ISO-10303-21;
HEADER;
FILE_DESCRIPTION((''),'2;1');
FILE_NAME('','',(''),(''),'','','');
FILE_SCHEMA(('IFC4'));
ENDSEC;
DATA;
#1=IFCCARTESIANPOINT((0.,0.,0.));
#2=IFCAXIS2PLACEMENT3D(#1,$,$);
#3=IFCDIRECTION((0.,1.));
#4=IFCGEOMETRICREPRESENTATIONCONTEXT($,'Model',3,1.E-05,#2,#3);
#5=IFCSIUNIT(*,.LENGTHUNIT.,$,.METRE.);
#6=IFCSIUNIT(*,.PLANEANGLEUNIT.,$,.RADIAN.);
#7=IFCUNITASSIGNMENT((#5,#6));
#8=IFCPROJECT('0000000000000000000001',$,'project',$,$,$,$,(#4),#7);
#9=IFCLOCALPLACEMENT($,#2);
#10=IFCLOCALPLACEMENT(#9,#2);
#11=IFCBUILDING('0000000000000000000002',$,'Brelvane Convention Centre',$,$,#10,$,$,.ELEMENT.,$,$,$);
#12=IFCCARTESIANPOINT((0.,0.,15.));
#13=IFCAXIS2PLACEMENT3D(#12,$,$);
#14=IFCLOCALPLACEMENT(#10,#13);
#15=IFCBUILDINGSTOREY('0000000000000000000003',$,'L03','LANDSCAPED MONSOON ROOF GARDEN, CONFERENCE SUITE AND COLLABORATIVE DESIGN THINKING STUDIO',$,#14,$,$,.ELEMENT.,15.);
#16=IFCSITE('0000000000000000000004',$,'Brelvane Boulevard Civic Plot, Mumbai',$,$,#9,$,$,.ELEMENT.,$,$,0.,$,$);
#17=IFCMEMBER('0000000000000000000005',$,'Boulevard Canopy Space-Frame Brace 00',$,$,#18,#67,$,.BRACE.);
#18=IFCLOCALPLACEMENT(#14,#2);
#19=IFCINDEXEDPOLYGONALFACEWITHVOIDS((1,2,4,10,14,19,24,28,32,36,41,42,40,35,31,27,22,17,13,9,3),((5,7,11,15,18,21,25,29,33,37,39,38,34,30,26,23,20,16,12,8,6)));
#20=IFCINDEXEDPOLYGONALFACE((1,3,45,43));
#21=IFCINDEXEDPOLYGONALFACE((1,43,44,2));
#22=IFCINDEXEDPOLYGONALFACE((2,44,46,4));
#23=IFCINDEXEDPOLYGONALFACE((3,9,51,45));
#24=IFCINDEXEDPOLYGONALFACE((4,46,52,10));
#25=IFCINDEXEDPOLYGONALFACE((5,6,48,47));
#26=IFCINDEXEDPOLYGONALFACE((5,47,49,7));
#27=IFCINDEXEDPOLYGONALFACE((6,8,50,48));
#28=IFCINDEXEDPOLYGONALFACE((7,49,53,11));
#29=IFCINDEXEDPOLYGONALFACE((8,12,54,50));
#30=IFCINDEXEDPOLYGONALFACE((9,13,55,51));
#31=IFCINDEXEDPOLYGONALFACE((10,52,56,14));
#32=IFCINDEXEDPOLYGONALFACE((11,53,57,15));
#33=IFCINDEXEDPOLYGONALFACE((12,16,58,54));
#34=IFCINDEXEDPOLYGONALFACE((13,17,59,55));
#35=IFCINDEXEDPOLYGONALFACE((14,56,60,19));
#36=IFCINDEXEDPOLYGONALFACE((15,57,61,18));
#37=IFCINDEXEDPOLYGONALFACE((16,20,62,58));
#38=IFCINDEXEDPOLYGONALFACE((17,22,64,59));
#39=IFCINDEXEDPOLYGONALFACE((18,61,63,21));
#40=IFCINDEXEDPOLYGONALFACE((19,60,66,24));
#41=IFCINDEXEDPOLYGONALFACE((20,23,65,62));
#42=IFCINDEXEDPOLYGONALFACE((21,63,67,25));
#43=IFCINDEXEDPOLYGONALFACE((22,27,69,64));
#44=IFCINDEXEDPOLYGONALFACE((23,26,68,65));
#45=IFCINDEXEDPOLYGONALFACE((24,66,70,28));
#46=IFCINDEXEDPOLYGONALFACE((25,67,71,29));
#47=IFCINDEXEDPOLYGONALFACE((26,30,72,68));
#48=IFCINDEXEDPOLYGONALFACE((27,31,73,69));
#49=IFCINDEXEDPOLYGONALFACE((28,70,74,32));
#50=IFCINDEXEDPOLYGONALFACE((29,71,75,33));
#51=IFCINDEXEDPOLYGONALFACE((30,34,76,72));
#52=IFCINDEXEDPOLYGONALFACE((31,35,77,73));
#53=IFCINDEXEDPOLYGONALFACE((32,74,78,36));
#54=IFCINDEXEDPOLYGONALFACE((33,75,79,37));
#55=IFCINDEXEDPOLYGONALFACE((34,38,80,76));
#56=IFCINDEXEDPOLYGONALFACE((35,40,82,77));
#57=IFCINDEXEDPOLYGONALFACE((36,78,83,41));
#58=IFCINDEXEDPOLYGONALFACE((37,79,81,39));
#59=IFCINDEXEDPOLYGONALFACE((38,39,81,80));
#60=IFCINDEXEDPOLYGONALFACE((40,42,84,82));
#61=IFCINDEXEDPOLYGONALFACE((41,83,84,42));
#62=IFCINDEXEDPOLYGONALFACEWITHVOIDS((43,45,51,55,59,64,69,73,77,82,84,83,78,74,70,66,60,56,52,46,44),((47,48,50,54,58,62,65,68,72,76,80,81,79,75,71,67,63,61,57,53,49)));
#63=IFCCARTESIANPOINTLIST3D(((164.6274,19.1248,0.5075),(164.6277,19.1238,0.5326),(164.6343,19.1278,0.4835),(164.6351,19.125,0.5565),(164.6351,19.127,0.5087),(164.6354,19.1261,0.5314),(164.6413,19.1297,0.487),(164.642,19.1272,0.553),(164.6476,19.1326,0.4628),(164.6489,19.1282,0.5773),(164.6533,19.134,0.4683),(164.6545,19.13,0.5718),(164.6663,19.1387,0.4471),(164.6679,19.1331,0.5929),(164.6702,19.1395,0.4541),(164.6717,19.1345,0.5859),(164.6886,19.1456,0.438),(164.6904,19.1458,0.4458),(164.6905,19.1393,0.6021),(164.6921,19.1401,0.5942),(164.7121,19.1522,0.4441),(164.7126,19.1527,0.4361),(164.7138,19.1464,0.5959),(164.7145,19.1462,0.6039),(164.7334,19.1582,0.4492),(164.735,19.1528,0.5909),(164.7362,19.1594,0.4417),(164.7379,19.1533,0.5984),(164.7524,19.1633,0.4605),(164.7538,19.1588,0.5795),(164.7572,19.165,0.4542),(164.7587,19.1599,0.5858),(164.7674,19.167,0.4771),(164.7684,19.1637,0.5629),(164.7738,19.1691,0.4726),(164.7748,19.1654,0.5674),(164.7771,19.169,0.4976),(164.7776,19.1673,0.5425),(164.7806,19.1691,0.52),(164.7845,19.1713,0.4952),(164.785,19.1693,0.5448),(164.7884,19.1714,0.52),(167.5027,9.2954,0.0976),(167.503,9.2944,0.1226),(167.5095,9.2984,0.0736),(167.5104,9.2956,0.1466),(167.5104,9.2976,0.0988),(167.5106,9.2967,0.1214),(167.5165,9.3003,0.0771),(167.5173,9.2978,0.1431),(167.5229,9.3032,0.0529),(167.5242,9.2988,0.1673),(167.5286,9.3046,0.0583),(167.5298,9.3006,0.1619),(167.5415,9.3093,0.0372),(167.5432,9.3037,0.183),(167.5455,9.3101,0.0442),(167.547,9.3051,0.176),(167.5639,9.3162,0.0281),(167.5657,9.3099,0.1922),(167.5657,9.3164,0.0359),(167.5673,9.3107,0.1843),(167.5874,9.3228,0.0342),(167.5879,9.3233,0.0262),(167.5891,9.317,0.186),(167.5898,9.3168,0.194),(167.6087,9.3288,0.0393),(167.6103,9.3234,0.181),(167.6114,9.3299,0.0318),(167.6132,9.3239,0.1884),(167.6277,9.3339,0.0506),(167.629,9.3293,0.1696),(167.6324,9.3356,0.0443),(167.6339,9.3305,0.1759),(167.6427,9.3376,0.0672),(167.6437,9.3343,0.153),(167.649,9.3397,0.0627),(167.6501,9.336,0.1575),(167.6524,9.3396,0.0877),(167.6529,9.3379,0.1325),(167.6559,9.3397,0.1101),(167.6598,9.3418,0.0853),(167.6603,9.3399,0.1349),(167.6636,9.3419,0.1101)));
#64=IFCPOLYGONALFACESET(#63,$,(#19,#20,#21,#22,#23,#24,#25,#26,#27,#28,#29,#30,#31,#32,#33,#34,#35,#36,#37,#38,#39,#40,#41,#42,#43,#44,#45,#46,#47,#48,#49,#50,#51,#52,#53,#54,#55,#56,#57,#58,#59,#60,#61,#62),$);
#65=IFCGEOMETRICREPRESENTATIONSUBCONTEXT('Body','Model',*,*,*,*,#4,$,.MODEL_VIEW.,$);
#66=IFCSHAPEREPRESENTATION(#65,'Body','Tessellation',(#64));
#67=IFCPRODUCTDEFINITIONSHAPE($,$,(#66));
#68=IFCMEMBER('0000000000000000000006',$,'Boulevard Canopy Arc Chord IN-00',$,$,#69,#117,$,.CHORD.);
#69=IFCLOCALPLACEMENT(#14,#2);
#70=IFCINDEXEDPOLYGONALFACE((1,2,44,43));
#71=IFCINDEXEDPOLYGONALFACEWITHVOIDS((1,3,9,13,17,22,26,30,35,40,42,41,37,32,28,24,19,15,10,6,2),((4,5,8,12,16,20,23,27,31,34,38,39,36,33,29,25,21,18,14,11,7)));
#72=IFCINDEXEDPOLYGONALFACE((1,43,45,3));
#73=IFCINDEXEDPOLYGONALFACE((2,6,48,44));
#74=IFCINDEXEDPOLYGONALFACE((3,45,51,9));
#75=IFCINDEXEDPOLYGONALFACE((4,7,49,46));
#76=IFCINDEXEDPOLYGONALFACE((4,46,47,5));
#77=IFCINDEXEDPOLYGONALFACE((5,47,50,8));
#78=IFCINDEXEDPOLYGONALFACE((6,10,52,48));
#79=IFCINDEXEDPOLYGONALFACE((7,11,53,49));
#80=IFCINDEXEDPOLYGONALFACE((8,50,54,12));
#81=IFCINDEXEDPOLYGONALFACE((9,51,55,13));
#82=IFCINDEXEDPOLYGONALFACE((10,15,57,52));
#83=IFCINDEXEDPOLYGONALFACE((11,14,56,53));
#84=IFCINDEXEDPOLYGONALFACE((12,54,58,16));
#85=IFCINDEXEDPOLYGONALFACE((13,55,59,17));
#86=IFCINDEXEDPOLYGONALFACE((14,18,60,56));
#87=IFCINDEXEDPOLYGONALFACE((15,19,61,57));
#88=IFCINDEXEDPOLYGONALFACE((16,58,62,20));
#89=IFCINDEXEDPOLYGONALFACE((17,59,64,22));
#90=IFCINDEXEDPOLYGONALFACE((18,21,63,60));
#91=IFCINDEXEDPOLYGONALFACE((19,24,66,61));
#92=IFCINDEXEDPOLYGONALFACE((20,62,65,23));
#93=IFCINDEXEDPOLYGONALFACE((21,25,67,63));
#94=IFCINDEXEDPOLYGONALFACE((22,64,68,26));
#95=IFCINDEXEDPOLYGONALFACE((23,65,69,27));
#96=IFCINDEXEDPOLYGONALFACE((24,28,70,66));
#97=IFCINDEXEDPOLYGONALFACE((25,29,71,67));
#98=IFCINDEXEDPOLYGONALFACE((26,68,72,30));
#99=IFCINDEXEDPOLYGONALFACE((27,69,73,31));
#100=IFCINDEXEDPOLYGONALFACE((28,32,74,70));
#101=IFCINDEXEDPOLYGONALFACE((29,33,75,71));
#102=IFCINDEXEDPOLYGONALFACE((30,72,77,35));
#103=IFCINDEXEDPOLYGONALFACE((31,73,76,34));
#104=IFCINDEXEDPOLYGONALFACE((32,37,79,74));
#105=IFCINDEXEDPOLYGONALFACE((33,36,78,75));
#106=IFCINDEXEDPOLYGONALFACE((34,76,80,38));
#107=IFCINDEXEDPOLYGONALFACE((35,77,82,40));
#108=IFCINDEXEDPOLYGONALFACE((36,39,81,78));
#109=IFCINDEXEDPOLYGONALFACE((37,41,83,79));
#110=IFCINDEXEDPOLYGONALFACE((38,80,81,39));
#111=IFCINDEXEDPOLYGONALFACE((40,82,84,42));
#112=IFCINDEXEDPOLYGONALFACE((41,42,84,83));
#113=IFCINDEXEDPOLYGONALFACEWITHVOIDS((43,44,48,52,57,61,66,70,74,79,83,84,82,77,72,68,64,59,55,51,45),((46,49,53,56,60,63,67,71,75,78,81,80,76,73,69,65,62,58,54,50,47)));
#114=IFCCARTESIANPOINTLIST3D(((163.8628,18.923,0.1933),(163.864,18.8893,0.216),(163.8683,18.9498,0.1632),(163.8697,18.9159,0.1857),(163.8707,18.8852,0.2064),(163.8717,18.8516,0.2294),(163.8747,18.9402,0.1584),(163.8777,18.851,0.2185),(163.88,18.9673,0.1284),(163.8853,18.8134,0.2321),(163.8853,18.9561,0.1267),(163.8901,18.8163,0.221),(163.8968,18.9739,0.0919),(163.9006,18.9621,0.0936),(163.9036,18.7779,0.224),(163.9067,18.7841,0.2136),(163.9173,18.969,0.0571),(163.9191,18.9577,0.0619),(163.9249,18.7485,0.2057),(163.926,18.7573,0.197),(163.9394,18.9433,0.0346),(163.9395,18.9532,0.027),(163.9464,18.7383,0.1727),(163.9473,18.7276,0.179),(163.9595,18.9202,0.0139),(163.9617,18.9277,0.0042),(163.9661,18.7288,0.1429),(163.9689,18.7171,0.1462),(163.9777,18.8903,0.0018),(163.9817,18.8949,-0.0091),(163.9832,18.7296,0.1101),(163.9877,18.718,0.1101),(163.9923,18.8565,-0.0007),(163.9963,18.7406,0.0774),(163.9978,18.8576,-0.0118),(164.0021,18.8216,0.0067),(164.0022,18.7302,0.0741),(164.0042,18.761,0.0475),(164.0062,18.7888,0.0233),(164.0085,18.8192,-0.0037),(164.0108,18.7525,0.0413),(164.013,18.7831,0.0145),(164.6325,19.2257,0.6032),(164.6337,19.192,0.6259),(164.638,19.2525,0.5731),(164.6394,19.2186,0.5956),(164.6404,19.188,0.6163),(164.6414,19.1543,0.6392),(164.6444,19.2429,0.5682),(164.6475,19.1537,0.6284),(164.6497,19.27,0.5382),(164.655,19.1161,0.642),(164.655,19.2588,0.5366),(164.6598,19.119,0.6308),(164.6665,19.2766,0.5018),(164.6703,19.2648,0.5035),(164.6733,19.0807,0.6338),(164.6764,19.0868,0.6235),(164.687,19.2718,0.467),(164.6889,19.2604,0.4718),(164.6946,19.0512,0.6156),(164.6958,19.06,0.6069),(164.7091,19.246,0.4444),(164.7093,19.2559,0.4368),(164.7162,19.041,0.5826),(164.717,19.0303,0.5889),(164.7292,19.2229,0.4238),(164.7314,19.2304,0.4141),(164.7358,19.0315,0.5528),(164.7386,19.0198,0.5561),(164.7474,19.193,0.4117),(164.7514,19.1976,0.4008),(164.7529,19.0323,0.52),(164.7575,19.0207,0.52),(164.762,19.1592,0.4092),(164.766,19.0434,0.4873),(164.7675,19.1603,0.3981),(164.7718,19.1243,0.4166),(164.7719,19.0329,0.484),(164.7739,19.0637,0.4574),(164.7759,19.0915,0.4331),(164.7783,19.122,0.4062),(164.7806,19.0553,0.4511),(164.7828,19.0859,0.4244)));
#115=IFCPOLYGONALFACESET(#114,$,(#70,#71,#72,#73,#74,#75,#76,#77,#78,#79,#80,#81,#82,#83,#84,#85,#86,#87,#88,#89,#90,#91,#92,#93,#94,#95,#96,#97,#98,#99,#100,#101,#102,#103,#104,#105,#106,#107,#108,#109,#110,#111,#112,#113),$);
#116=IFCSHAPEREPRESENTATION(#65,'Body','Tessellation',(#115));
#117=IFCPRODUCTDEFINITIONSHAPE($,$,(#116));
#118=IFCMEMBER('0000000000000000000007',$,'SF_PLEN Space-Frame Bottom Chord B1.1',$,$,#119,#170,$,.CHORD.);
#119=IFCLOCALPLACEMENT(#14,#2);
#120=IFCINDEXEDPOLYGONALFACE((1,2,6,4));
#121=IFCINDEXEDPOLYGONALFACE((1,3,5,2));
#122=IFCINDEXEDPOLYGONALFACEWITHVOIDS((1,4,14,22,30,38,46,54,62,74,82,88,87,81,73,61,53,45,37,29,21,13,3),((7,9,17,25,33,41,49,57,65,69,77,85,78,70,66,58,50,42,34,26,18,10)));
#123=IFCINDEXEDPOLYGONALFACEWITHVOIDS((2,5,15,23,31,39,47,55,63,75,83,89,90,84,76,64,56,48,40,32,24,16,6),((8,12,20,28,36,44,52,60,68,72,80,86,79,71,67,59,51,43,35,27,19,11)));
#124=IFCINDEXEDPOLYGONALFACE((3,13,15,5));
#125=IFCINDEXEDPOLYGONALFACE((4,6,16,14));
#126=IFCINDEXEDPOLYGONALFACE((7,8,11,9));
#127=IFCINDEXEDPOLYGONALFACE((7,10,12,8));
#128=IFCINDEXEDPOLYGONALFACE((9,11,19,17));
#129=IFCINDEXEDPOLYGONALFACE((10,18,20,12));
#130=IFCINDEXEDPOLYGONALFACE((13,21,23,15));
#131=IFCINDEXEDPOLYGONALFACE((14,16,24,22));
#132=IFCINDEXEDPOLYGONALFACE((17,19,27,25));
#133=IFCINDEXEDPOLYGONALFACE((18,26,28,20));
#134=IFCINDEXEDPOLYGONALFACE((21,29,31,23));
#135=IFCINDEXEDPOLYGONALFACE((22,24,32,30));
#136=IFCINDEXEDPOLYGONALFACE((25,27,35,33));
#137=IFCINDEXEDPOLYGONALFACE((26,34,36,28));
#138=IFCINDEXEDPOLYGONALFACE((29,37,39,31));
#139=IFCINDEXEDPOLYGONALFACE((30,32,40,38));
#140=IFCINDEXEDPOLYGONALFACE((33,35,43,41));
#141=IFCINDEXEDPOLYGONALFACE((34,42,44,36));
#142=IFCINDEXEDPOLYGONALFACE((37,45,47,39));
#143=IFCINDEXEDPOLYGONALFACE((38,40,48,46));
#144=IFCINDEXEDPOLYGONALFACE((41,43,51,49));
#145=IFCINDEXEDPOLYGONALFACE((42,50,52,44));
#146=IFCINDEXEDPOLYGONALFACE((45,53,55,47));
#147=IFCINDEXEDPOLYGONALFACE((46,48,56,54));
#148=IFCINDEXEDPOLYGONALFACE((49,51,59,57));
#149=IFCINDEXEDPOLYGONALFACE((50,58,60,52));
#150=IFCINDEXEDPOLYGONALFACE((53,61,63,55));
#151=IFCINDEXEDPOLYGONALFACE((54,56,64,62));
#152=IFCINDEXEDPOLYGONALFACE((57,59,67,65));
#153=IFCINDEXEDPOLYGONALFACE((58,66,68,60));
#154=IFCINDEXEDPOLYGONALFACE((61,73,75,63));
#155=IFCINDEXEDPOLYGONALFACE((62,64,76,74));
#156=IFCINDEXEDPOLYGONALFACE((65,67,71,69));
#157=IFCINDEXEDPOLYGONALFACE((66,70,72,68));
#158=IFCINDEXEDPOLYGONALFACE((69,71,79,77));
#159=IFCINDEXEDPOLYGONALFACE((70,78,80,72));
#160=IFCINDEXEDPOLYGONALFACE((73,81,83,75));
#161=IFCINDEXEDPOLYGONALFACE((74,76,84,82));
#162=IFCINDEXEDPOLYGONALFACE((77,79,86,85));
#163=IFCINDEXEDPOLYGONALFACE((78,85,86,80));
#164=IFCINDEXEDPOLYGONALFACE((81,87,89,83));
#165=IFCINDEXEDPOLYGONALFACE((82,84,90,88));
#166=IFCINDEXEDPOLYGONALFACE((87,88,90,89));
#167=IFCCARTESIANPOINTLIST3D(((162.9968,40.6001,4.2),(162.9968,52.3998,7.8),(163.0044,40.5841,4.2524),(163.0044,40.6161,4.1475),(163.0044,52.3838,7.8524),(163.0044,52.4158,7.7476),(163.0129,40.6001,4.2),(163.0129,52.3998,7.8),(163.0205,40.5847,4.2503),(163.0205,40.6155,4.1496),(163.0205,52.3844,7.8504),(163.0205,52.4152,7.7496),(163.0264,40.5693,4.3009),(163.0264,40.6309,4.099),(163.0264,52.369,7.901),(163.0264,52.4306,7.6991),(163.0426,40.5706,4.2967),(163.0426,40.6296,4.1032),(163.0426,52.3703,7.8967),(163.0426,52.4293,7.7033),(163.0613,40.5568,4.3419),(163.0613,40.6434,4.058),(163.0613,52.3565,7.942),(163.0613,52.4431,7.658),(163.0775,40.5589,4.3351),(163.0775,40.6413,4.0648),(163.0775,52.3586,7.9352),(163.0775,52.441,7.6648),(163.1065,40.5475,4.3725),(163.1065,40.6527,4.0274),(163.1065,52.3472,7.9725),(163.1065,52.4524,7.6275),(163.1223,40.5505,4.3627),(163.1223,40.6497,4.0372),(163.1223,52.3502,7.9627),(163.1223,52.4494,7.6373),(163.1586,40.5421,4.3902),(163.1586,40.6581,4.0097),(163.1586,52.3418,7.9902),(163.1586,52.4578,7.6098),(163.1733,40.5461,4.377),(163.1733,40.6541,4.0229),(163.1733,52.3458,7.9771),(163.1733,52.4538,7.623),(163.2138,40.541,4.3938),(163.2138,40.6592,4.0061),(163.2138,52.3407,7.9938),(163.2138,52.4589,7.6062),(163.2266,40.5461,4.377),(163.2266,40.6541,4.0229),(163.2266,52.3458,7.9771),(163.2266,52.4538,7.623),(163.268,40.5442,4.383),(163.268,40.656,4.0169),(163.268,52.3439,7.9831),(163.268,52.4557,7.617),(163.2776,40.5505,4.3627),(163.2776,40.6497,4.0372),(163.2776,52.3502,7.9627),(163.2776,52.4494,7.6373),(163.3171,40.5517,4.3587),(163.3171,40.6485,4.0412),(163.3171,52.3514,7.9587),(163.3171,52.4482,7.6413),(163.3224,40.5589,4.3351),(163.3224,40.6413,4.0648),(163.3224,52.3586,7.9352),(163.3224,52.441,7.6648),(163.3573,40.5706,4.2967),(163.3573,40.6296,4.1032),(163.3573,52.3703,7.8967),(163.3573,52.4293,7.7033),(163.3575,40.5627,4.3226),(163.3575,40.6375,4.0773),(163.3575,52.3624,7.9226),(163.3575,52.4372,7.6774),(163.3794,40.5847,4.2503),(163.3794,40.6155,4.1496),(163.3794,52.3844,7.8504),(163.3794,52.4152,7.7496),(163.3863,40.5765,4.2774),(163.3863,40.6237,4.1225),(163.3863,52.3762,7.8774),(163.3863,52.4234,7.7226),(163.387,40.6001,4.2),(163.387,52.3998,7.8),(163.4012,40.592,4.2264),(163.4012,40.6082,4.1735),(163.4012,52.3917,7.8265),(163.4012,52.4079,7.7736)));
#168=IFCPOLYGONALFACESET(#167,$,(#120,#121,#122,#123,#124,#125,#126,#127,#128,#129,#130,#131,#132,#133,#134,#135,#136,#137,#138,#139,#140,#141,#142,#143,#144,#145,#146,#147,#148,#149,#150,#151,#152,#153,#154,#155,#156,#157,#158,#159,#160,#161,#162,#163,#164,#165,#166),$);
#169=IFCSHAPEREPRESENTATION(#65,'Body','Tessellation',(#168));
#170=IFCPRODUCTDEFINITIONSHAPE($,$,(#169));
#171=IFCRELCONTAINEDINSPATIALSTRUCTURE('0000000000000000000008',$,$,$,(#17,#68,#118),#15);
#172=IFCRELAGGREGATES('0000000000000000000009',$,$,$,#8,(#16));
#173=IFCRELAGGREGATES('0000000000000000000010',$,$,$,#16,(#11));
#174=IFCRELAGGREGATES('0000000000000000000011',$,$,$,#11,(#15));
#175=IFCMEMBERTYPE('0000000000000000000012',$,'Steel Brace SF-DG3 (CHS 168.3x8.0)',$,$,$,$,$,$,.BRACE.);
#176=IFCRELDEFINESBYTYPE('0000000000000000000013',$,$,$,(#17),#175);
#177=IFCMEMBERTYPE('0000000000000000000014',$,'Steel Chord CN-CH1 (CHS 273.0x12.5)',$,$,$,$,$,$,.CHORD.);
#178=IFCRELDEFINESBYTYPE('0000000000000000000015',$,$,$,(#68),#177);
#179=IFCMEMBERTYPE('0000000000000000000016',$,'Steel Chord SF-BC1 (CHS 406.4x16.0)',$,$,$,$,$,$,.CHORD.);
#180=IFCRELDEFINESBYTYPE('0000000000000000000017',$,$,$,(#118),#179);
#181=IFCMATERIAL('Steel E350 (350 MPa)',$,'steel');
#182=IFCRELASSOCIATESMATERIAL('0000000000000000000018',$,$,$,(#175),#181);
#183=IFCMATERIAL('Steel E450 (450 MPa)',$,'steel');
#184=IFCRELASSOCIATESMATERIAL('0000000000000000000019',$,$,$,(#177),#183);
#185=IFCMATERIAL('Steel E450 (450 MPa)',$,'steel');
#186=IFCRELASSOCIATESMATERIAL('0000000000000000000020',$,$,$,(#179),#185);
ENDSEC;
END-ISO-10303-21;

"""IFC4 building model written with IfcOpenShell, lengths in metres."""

from ifc_helpers import new_model, si_unit, direction, frame, origin, origin_2d, place, context, subcontext, project, spatial, hollow_circle, extrude, material, material_profile, profile_set, type_object, element, save


model = new_model("IFC4")

# Units and contexts
model_context = context("Model", 3, precision=1e-05, world=origin(), true_north=direction((0.0, 1.0)))
body_context = subcontext(model_context, "Body", "Model", "MODEL_VIEW")
ifc_project = project(units=[si_unit("LENGTHUNIT", "METRE"), si_unit("PLANEANGLEUNIT", "RADIAN")], contexts=[model_context])

# Site, building, storey
site_placement = place(None, origin())
site = spatial("IfcSite", under=ifc_project, at=site_placement, Name="Brelvane Boulevard Civic Plot, Mumbai", CompositionType="ELEMENT", RefElevation=0.0)
building_placement = place(site_placement, origin())
building = spatial("IfcBuilding", under=site, at=building_placement, Name="Brelvane Convention Centre", CompositionType="ELEMENT")
storey_placement = place(building_placement, frame((0.0, 0.0, 15.0)))
storey = spatial("IfcBuildingStorey", under=building, at=storey_placement, Name="L03", Description="LANDSCAPED MONSOON ROOF GARDEN, CONFERENCE SUITE AND COLLABORATIVE DESIGN THINKING STUDIO", CompositionType="ELEMENT", Elevation=15.0)

# Members
ifc_material_1 = material(Name="Steel E350 (350 MPa)", Category="steel")
ifc_material_profile_1 = material_profile(ifc_material_1, hollow_circle(Radius=0.0842, WallThickness=0.0081, at=origin_2d()), Name="CHS 168.3x8.0")
ifc_profile_set_1 = profile_set([ifc_material_profile_1], Name="Steel E350 (350 MPa)")
member_type_1 = type_object("IfcMemberType", Name="Steel Brace SF-DG3 (CHS 168.3x8.0)", PredefinedType="BRACE", material=ifc_profile_set_1)
member_1_placement = place(storey_placement, frame((164.7075, 19.1477, 0.52), z_axis=(0.280527, -0.959013, -0.039994), x_axis=(0.959781, 0.280751, 0.0)))
element("IfcMember", 1, at=member_1_placement, inside=storey, type_object=member_type_1, Name="Boulevard Canopy Space-Frame Brace 00", PredefinedType="BRACE", context=body_context, shape_type="SweptSolid", body=[
    extrude(hollow_circle(Radius=0.0842, WallThickness=0.0081, at=origin_2d()), origin(), (0.0, 0.0, 1.0), 10.2495),
])
ifc_material_2 = material(Name="Steel E450 (450 MPa)", Category="steel")
ifc_material_profile_2 = material_profile(ifc_material_2, hollow_circle(Radius=0.1365, WallThickness=0.0125, at=origin_2d()), Name="CHS 273.0x12.5")
ifc_profile_set_2 = profile_set([ifc_material_profile_2], Name="Steel E450 (450 MPa)")
member_type_2 = type_object("IfcMemberType", Name="Steel Chord CN-CH1 (CHS 273.0x12.5)", PredefinedType="CHORD", material=ifc_profile_set_2)
member_2_placement = place(storey_placement, frame((164.7075, 19.1477, 0.52), z_axis=(-0.833845, -0.327932, -0.44403), x_axis=(0.36599, -0.930619, 0.0)))
element("IfcMember", 2, at=member_2_placement, inside=storey, type_object=member_type_2, Name="Boulevard Canopy Arc Chord IN-00", PredefinedType="CHORD", context=body_context, shape_type="SweptSolid", body=[
    extrude(hollow_circle(Radius=0.1365, WallThickness=0.0125, at=origin_2d()), origin(), (0.0, 0.0, 1.0), 0.9231),
])
ifc_material_3 = material(Name="Steel E450 (450 MPa)", Category="steel")
ifc_material_profile_3 = material_profile(ifc_material_3, hollow_circle(Radius=0.2031, WallThickness=0.0161, at=origin_2d()), Name="CHS 406.4x16.0")
ifc_profile_set_3 = profile_set([ifc_material_profile_3], Name="Steel E450 (450 MPa)")
member_type_3 = type_object("IfcMemberType", Name="Steel Chord SF-BC1 (CHS 406.4x16.0)", PredefinedType="CHORD", material=ifc_profile_set_3)
member_3_placement = place(storey_placement, frame((163.2, 40.6001, 4.2), z_axis=(0.0, 0.956474, 0.291818), x_axis=(-1.0, 0.0, 0.0)))
element("IfcMember", 3, at=member_3_placement, inside=storey, type_object=member_type_3, Name="SF_PLEN Space-Frame Bottom Chord B1.1", PredefinedType="CHORD", context=body_context, shape_type="SweptSolid", body=[
    extrude(hollow_circle(Radius=0.2031, WallThickness=0.0161, at=origin_2d()), origin(), (0.0, 0.0, 1.0), 12.3367),
])

save(model, "model.ifc")
